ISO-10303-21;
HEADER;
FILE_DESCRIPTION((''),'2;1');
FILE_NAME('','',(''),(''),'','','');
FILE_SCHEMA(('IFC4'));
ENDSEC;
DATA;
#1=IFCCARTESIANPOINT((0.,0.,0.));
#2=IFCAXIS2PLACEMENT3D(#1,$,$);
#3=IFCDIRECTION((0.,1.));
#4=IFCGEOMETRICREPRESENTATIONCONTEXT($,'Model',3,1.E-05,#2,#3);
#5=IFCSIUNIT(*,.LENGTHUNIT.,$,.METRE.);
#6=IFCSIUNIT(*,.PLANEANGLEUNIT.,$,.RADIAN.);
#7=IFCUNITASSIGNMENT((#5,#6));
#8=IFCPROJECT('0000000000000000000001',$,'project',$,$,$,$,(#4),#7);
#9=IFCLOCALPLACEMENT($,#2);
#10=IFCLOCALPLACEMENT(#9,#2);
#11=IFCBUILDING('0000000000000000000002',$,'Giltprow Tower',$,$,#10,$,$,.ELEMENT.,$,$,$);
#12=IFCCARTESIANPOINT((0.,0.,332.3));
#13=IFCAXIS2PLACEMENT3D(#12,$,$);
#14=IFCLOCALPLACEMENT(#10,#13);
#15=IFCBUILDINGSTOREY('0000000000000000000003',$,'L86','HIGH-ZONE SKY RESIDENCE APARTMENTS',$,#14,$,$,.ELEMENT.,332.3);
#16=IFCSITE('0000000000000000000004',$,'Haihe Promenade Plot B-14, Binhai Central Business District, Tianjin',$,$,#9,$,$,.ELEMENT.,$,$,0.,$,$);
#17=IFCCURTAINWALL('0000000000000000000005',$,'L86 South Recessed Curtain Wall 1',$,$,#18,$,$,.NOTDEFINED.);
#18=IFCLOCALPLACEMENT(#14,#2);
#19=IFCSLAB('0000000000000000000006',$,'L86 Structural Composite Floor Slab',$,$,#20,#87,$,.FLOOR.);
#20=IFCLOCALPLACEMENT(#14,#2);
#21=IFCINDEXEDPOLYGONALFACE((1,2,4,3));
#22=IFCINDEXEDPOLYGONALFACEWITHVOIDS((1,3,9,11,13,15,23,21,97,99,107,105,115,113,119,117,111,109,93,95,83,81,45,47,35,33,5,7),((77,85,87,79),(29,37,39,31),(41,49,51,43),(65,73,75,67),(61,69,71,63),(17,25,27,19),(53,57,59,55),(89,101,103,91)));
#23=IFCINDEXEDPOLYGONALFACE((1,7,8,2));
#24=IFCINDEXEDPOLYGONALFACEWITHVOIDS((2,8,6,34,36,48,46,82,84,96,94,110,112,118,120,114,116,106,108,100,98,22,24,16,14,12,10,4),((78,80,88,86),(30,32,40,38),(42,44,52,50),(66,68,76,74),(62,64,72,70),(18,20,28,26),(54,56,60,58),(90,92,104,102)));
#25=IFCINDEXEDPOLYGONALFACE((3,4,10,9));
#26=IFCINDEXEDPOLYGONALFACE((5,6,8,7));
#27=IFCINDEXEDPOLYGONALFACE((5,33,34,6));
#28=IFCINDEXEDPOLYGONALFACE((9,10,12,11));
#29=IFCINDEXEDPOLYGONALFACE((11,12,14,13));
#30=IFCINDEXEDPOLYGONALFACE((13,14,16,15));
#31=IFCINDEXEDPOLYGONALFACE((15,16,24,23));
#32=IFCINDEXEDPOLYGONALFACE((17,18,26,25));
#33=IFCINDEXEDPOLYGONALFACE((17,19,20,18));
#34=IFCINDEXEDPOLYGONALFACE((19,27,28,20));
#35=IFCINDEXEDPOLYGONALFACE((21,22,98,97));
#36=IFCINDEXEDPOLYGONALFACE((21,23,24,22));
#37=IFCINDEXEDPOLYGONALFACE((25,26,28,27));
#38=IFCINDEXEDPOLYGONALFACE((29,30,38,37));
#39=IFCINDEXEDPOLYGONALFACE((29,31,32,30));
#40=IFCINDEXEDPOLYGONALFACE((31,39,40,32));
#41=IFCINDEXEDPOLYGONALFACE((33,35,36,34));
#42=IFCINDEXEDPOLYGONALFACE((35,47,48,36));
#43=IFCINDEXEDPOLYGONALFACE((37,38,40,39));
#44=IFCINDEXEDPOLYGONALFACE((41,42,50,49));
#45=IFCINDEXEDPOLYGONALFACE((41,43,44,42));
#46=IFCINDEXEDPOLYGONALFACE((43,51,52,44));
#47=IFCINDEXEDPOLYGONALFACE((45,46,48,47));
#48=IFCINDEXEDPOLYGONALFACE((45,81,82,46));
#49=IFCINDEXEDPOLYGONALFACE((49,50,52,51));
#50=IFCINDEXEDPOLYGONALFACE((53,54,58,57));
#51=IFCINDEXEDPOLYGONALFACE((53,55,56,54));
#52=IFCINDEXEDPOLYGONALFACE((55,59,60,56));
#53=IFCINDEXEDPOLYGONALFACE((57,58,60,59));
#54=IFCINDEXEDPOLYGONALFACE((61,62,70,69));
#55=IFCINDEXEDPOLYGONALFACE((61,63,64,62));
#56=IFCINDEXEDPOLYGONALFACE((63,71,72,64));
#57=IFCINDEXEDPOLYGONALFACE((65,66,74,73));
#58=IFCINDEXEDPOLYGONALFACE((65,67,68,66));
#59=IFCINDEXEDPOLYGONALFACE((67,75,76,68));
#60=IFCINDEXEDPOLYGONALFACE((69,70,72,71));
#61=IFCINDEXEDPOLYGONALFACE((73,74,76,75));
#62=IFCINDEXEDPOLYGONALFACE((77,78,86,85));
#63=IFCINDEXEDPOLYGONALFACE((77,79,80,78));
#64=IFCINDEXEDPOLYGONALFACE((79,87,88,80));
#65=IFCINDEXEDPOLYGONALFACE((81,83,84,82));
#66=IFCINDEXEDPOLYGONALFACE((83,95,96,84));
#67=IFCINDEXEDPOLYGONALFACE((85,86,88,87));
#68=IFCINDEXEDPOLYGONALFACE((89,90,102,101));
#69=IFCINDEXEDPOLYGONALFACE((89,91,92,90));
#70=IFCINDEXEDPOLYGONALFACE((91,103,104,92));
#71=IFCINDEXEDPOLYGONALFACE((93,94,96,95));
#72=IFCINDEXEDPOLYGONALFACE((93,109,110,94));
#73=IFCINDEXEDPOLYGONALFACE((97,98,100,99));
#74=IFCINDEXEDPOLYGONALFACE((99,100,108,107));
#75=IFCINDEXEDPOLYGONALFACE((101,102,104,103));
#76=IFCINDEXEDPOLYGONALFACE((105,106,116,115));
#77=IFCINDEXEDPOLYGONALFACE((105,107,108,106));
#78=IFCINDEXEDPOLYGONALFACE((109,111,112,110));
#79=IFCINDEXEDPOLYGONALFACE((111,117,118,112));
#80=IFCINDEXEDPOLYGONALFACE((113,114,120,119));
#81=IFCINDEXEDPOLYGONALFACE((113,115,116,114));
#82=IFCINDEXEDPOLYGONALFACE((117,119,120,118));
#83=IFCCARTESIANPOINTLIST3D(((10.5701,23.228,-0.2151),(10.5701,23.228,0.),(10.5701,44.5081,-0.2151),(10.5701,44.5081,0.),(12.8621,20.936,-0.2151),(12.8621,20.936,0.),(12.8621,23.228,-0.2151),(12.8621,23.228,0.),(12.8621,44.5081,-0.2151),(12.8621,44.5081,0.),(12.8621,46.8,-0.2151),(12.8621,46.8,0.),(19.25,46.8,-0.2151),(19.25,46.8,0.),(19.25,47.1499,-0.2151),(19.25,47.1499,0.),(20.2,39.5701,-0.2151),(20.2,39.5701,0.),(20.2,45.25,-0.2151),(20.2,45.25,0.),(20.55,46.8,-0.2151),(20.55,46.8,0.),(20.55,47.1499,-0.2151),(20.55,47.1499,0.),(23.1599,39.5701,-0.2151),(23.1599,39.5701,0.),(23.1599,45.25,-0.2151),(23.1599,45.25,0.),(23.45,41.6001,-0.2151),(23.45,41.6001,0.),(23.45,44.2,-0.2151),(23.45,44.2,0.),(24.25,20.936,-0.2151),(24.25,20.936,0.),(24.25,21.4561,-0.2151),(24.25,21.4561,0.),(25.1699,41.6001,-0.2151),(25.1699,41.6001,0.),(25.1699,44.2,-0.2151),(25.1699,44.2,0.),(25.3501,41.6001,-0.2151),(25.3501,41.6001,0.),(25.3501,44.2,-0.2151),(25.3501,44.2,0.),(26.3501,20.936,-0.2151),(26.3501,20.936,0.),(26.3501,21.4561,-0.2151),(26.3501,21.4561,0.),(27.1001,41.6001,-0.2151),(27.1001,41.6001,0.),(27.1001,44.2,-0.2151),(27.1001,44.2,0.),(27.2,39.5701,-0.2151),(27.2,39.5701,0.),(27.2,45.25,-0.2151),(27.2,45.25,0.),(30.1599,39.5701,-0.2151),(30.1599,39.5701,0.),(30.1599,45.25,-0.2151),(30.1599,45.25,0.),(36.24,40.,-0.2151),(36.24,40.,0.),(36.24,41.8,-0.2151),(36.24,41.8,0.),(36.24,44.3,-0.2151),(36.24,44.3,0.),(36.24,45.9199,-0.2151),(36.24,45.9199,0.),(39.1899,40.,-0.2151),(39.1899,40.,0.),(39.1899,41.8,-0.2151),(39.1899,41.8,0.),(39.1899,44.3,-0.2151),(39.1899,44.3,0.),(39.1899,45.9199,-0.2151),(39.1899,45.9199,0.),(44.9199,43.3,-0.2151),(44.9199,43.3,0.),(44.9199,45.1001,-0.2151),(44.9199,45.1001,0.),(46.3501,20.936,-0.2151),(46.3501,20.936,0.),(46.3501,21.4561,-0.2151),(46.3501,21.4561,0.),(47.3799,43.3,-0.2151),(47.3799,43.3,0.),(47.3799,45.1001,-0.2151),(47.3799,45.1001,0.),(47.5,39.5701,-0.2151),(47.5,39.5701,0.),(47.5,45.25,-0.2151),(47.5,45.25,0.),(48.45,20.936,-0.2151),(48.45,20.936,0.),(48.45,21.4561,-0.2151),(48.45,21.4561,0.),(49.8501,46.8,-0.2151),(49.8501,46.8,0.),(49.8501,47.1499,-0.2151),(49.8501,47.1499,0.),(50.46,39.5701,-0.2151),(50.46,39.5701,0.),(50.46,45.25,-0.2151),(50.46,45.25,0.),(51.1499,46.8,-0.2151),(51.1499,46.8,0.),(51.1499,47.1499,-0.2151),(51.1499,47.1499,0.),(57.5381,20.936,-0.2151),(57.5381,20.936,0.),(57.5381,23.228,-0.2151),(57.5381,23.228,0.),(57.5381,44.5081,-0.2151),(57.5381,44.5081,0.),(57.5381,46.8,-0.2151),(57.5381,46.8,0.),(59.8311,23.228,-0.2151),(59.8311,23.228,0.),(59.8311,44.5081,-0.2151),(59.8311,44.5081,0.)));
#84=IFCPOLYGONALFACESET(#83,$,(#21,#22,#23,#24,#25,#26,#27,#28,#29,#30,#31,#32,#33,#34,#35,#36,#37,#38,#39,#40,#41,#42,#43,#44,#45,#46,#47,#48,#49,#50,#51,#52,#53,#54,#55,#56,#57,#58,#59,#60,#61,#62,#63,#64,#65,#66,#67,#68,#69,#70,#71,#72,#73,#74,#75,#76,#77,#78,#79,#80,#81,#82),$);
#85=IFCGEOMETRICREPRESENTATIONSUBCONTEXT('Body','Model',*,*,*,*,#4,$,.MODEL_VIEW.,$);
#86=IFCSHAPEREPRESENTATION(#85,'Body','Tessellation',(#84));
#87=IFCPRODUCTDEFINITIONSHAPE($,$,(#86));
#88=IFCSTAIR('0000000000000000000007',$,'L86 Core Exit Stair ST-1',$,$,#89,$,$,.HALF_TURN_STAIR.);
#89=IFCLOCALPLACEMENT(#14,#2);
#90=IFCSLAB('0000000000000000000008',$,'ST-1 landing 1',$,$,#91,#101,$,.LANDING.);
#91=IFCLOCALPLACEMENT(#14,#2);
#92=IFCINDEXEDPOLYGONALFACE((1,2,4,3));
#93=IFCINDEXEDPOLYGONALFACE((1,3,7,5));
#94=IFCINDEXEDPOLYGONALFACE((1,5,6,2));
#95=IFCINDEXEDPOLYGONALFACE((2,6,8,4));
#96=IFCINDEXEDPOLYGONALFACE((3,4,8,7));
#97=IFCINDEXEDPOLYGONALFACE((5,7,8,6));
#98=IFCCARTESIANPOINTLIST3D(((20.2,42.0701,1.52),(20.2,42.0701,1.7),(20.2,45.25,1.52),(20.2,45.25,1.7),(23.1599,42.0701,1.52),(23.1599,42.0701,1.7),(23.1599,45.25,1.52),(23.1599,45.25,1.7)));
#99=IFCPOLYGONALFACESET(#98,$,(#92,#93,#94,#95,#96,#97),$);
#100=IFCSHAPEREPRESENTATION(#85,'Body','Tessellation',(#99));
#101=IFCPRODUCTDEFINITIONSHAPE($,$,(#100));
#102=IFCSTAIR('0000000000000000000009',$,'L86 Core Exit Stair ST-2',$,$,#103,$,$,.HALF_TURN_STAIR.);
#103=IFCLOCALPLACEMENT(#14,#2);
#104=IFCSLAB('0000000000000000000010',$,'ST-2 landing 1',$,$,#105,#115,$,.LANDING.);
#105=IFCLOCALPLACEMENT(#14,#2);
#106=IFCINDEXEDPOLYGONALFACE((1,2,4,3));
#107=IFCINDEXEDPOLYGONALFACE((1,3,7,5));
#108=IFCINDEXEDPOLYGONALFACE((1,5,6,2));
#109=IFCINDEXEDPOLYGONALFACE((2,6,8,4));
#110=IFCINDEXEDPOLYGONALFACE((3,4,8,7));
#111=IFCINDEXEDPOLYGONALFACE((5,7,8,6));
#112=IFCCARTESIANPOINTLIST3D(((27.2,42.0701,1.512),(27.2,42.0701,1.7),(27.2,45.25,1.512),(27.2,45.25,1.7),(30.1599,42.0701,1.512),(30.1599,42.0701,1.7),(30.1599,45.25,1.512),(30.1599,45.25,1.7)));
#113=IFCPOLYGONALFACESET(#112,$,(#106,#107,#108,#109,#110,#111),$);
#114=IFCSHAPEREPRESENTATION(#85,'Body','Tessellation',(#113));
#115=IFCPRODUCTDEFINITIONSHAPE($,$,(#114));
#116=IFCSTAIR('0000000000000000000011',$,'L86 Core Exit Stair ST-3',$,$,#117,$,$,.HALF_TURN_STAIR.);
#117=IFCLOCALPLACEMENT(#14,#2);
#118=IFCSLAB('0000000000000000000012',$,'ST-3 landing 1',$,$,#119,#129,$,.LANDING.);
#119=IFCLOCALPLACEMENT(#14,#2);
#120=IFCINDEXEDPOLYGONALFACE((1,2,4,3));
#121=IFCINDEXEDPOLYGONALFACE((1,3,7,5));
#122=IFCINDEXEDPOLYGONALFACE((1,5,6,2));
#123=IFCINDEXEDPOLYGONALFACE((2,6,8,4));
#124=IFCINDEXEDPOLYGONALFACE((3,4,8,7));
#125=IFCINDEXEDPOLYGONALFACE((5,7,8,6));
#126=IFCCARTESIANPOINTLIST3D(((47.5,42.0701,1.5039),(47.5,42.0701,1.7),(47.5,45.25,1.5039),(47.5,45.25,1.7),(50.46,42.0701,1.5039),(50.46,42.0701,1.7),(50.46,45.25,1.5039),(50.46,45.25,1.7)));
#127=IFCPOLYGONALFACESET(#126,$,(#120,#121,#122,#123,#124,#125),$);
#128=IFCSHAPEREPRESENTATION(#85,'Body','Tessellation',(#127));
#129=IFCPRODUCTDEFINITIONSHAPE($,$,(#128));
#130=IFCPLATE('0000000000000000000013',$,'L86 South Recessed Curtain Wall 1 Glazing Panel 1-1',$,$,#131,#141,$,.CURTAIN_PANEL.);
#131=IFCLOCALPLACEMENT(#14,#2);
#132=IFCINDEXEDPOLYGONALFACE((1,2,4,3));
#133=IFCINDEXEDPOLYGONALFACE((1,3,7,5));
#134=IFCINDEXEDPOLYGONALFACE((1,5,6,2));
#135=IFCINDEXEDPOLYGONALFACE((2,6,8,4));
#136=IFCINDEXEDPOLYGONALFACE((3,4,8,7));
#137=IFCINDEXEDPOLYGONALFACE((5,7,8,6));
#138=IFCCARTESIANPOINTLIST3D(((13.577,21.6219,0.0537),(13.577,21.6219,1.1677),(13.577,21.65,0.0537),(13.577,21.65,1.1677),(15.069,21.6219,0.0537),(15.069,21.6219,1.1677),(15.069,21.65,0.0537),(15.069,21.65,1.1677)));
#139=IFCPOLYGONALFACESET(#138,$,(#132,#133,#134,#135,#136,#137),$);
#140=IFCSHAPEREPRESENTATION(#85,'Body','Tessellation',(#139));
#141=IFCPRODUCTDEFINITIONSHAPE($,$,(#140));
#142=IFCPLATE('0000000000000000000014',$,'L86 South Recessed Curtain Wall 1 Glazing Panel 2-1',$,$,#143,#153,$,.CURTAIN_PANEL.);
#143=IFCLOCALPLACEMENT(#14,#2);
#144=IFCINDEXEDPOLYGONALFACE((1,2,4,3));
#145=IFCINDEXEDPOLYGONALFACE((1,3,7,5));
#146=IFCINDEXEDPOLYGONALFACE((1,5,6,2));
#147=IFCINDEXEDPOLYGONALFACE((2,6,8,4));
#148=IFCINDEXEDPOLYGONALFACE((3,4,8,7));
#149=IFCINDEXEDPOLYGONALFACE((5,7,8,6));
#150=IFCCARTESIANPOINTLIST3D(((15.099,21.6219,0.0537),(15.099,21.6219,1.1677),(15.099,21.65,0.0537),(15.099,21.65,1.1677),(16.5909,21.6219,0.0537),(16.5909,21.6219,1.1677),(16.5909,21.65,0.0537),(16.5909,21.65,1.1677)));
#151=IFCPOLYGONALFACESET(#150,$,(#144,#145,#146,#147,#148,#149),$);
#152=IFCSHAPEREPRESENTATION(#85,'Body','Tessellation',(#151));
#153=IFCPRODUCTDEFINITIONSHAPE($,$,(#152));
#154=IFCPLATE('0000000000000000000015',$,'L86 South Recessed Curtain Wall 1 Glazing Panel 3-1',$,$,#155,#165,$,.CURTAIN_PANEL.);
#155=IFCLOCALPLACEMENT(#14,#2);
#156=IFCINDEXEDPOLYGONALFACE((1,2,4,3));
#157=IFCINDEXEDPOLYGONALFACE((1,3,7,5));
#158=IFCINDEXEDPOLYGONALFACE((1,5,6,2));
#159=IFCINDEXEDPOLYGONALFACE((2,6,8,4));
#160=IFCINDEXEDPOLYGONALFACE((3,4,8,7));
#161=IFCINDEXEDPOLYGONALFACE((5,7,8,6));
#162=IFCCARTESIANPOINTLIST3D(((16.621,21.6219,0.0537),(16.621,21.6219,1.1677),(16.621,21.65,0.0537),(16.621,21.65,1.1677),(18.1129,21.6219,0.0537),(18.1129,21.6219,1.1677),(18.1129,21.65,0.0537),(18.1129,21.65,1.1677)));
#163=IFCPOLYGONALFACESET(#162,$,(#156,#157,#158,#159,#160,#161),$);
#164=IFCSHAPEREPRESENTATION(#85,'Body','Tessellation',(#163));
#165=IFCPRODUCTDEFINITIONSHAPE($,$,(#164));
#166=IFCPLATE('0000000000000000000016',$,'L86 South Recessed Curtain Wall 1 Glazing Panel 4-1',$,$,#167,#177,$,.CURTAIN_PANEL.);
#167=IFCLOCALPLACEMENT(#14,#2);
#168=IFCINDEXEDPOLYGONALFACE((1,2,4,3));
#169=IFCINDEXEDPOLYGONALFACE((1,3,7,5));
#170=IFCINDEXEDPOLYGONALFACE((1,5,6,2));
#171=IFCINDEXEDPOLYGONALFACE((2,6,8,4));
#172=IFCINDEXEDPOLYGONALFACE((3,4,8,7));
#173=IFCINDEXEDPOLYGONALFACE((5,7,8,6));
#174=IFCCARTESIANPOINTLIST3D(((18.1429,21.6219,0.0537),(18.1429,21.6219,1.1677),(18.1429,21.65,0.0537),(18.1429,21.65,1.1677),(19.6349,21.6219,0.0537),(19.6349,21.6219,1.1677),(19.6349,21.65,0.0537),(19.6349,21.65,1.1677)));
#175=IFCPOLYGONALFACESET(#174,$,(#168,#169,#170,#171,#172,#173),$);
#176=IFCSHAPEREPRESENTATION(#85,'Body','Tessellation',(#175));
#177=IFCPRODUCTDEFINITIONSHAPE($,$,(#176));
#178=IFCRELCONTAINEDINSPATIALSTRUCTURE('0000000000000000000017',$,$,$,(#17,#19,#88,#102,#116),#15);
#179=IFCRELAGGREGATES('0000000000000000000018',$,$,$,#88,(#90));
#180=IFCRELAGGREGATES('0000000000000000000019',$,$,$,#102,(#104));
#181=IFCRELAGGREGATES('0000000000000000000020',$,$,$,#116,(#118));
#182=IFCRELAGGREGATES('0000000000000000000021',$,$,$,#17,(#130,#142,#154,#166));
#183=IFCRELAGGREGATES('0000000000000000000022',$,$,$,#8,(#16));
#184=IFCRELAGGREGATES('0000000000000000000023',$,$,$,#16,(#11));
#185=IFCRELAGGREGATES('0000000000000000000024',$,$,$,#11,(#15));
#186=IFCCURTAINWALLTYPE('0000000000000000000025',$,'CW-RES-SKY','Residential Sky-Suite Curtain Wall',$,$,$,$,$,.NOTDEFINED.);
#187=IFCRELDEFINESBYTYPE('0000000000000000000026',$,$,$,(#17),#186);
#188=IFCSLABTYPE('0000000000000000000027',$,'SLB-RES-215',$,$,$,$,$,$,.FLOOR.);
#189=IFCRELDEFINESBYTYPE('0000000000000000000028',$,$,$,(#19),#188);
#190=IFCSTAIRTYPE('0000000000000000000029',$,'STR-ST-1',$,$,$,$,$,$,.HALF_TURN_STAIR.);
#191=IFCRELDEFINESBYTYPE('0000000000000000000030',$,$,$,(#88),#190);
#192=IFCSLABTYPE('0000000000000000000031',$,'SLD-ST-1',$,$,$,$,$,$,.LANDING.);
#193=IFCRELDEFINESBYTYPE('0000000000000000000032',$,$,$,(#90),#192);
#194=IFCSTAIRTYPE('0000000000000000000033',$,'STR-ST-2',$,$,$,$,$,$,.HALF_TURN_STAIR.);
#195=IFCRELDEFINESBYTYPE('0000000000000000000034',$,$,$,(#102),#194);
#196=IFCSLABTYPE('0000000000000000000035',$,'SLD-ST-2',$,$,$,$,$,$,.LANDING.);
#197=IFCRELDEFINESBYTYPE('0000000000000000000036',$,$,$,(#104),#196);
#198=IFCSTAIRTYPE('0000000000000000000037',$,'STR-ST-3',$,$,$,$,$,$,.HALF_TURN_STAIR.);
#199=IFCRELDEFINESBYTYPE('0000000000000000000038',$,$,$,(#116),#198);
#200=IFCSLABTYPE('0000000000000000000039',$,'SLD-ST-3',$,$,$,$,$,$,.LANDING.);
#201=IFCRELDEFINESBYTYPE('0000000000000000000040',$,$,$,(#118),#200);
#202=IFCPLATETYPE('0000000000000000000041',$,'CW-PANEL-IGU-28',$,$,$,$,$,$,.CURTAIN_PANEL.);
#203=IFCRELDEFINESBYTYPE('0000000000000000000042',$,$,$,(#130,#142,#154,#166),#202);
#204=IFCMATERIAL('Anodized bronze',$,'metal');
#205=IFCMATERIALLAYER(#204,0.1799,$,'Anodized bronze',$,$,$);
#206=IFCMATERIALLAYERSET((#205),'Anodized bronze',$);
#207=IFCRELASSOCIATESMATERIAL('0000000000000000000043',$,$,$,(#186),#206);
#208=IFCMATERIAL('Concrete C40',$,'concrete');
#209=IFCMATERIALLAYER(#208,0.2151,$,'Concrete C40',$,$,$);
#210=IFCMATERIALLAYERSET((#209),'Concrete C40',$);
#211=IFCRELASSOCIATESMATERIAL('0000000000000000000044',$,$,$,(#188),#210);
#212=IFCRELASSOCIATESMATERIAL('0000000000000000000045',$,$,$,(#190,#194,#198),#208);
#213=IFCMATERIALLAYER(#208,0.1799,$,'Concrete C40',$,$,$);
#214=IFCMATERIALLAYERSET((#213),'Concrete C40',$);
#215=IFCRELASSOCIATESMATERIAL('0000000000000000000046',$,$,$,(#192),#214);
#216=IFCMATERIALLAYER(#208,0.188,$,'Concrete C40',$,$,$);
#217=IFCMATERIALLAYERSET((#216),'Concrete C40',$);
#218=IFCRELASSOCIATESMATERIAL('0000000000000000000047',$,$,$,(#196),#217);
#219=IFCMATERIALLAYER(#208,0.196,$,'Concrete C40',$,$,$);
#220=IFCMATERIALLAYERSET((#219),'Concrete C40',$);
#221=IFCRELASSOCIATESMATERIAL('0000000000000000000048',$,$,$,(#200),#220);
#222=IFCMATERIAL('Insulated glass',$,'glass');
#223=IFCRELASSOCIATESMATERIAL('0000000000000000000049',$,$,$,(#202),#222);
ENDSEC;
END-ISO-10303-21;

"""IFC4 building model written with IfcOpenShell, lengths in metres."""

from ifc_helpers import new_model, si_unit, direction, frame, origin, origin_2d, place, context, subcontext, project, spatial, polyline, rectangle, outline, extrude, source, transform, mapped, material, layer, layer_set, type_object, element, aggregate, save


model = new_model("IFC4")

# Units and contexts
model_context = context("Model", 3, precision=1e-05, world=origin(), true_north=direction((0.0, 1.0)))
body_context = subcontext(model_context, "Body", "Model", "MODEL_VIEW")
ifc_project = project(units=[si_unit("LENGTHUNIT", "METRE"), si_unit("PLANEANGLEUNIT", "RADIAN")], contexts=[model_context])

# Site, building, storey
site_placement = place(None, origin())
site = spatial("IfcSite", under=ifc_project, at=site_placement, Name="Haihe Promenade Plot B-14, Binhai Central Business District, Tianjin", CompositionType="ELEMENT", RefElevation=0.0)
building_placement = place(site_placement, origin())
building = spatial("IfcBuilding", under=site, at=building_placement, Name="Giltprow Tower", CompositionType="ELEMENT")
storey_placement = place(building_placement, frame((0.0, 0.0, 332.3)))
storey = spatial("IfcBuildingStorey", under=building, at=storey_placement, Name="L86", Description="HIGH-ZONE SKY RESIDENCE APARTMENTS", CompositionType="ELEMENT", Elevation=332.3)

# Curtain wall
ifc_material_1 = material(Name="Anodized bronze", Category="metal")
ifc_layer_1 = layer(ifc_material_1, 0.1799, Name="Anodized bronze")
ifc_layer_set_1 = layer_set([ifc_layer_1], Name="Anodized bronze")
curtain_wall_type = type_object("IfcCurtainWallType", Name="CW-RES-SKY", Description="Residential Sky-Suite Curtain Wall", PredefinedType="NOTDEFINED", material=ifc_layer_set_1)
curtain_wall_placement = place(storey_placement, origin())
curtain_wall = element("IfcCurtainWall", 1, at=curtain_wall_placement, inside=storey, type_object=curtain_wall_type, Name="L86 South Recessed Curtain Wall 1", PredefinedType="NOTDEFINED")

# Slab
ifc_material_2 = material(Name="Concrete C40", Category="concrete")
ifc_layer_2 = layer(ifc_material_2, 0.2151, Name="Concrete C40")
ifc_layer_set_2 = layer_set([ifc_layer_2], Name="Concrete C40")
slab_type_1 = type_object("IfcSlabType", Name="SLB-RES-215", PredefinedType="FLOOR", material=ifc_layer_set_2)
slab_1_placement = place(storey_placement, frame((0.0, 0.0, -0.2151)))
element("IfcSlab", 2, at=slab_1_placement, inside=storey, type_object=slab_type_1, Name="L86 Structural Composite Floor Slab", PredefinedType="FLOOR", context=body_context, shape_type="SweptSolid", body=[
    extrude(outline(polyline([(59.8311, 44.5081), (59.8311, 23.228), (57.5381, 23.228), (57.5381, 20.936), (48.45, 20.936), (48.45, 21.4561), (46.3501, 21.4561), (46.3501, 20.936), (26.3501, 20.936), (26.3501, 21.4561), (24.25, 21.4561), (24.25, 20.936), (12.8621, 20.936), (12.8621, 23.228), (10.5701, 23.228), (10.5701, 44.5081), (12.8621, 44.5081), (12.8621, 46.8), (19.25, 46.8), (19.25, 47.1499), (20.55, 47.1499), (20.55, 46.8), (49.8501, 46.8), (49.8501, 47.1499), (51.1499, 47.1499), (51.1499, 46.8), (57.5381, 46.8), (57.5381, 44.5081), (59.8311, 44.5081)]), holes=[polyline([(39.1899, 41.8), (36.24, 41.8), (36.24, 40.0), (39.1899, 40.0), (39.1899, 41.8)]), polyline([(23.1599, 39.5701), (23.1599, 45.25), (20.2, 45.25), (20.2, 39.5701), (23.1599, 39.5701)]), polyline([(30.1599, 39.5701), (30.1599, 45.25), (27.2, 45.25), (27.2, 39.5701), (30.1599, 39.5701)]), polyline([(50.46, 45.25), (47.5, 45.25), (47.5, 39.5701), (50.46, 39.5701), (50.46, 45.25)]), polyline([(25.1699, 44.2), (23.45, 44.2), (23.45, 41.6001), (25.1699, 41.6001), (25.1699, 44.2)]), polyline([(27.1001, 44.2), (25.3501, 44.2), (25.3501, 41.6001), (27.1001, 41.6001), (27.1001, 44.2)]), polyline([(47.3799, 43.3), (47.3799, 45.1001), (44.9199, 45.1001), (44.9199, 43.3), (47.3799, 43.3)]), polyline([(39.1899, 44.3), (39.1899, 45.9199), (36.24, 45.9199), (36.24, 44.3), (39.1899, 44.3)])]), origin(), (0.0, 0.0, 1.0), 0.2151),
])

# Stairs, slabs
stair_type_1 = type_object("IfcStairType", Name="STR-ST-1", PredefinedType="HALF_TURN_STAIR", material=ifc_material_2)
stair_1_placement = place(storey_placement, origin())
stair_1 = element("IfcStair", 3, at=stair_1_placement, inside=storey, type_object=stair_type_1, Name="L86 Core Exit Stair ST-1", PredefinedType="HALF_TURN_STAIR")
ifc_layer_3 = layer(ifc_material_2, 0.1799, Name="Concrete C40")
ifc_layer_set_3 = layer_set([ifc_layer_3], Name="Concrete C40")
slab_type_2 = type_object("IfcSlabType", Name="SLD-ST-1", PredefinedType="LANDING", material=ifc_layer_set_3)
slab_2_placement = place(storey_placement, frame((0.0, 0.0, 1.52)))
slab_2 = element("IfcSlab", 4, at=slab_2_placement, type_object=slab_type_2, Name="ST-1 landing 1", PredefinedType="LANDING", context=body_context, shape_type="SweptSolid", body=[
    extrude(outline(polyline([(23.1599, 42.0701), (23.1599, 45.25), (20.2, 45.25), (20.2, 42.0701), (23.1599, 42.0701)])), origin(), (0.0, 0.0, 1.0), 0.1799),
])
aggregate(stair_1, [slab_2])
stair_type_2 = type_object("IfcStairType", Name="STR-ST-2", PredefinedType="HALF_TURN_STAIR", material=ifc_material_2)
stair_2_placement = place(storey_placement, origin())
stair_2 = element("IfcStair", 5, at=stair_2_placement, inside=storey, type_object=stair_type_2, Name="L86 Core Exit Stair ST-2", PredefinedType="HALF_TURN_STAIR")
ifc_layer_4 = layer(ifc_material_2, 0.188, Name="Concrete C40")
ifc_layer_set_4 = layer_set([ifc_layer_4], Name="Concrete C40")
slab_type_3 = type_object("IfcSlabType", Name="SLD-ST-2", PredefinedType="LANDING", material=ifc_layer_set_4)
slab_3_placement = place(storey_placement, frame((0.0, 0.0, 1.512)))
slab_3 = element("IfcSlab", 6, at=slab_3_placement, type_object=slab_type_3, Name="ST-2 landing 1", PredefinedType="LANDING", context=body_context, shape_type="SweptSolid", body=[
    extrude(outline(polyline([(30.1599, 42.0701), (30.1599, 45.25), (27.2, 45.25), (27.2, 42.0701), (30.1599, 42.0701)])), origin(), (0.0, 0.0, 1.0), 0.188),
])
aggregate(stair_2, [slab_3])
stair_type_3 = type_object("IfcStairType", Name="STR-ST-3", PredefinedType="HALF_TURN_STAIR", material=ifc_material_2)
stair_3_placement = place(storey_placement, origin())
stair_3 = element("IfcStair", 7, at=stair_3_placement, inside=storey, type_object=stair_type_3, Name="L86 Core Exit Stair ST-3", PredefinedType="HALF_TURN_STAIR")
ifc_layer_5 = layer(ifc_material_2, 0.196, Name="Concrete C40")
ifc_layer_set_5 = layer_set([ifc_layer_5], Name="Concrete C40")
slab_type_4 = type_object("IfcSlabType", Name="SLD-ST-3", PredefinedType="LANDING", material=ifc_layer_set_5)
slab_4_placement = place(storey_placement, frame((0.0, 0.0, 1.5039)))
slab_4 = element("IfcSlab", 8, at=slab_4_placement, type_object=slab_type_4, Name="ST-3 landing 1", PredefinedType="LANDING", context=body_context, shape_type="SweptSolid", body=[
    extrude(outline(polyline([(50.46, 42.0701), (50.46, 45.25), (47.5, 45.25), (47.5, 42.0701), (50.46, 42.0701)])), origin(), (0.0, 0.0, 1.0), 0.196),
])
aggregate(stair_3, [slab_4])

# Plates
ifc_material_3 = material(Name="Insulated glass", Category="glass")
plate_type = type_object("IfcPlateType", Name="CW-PANEL-IGU-28", PredefinedType="CURTAIN_PANEL", material=ifc_material_3)
shared_shape_1 = source(origin(), body_context, "Body", "SweptSolid", [
    extrude(rectangle(XDim=1.4919, YDim=0.0281, at=origin_2d()), origin(), (0.0, 0.0, 1.0), 1.114),
])
plate_1_placement = place(storey_placement, frame((14.323, 21.636, 0.0537), z_axis=(0.0, 0.0, 1.0), x_axis=(1.0, 0.0, 0.0)))
plate_1 = element("IfcPlate", 9, at=plate_1_placement, type_object=plate_type, Name="L86 South Recessed Curtain Wall 1 Glazing Panel 1-1", PredefinedType="CURTAIN_PANEL", context=body_context, shape_type="MappedRepresentation", body=[
    mapped(shared_shape_1, transform((0.0, 0.0, 0.0), x_axis=(1.0, 0.0, 0.0), y_axis=(0.0, 1.0, 0.0), z_axis=(0.0, 0.0, 1.0), scale=1.0)),
])
plate_2_placement = place(storey_placement, frame((15.845, 21.636, 0.0537), z_axis=(0.0, 0.0, 1.0), x_axis=(1.0, 0.0, 0.0)))
plate_2 = element("IfcPlate", 10, at=plate_2_placement, type_object=plate_type, Name="L86 South Recessed Curtain Wall 1 Glazing Panel 2-1", PredefinedType="CURTAIN_PANEL", context=body_context, shape_type="MappedRepresentation", body=[
    mapped(shared_shape_1, transform((0.0, 0.0, 0.0), x_axis=(1.0, 0.0, 0.0), y_axis=(0.0, 1.0, 0.0), z_axis=(0.0, 0.0, 1.0), scale=1.0)),
])
plate_3_placement = place(storey_placement, frame((17.3669, 21.636, 0.0537), z_axis=(0.0, 0.0, 1.0), x_axis=(1.0, 0.0, 0.0)))
plate_3 = element("IfcPlate", 11, at=plate_3_placement, type_object=plate_type, Name="L86 South Recessed Curtain Wall 1 Glazing Panel 3-1", PredefinedType="CURTAIN_PANEL", context=body_context, shape_type="MappedRepresentation", body=[
    mapped(shared_shape_1, transform((0.0, 0.0, 0.0), x_axis=(1.0, 0.0, 0.0), y_axis=(0.0, 1.0, 0.0), z_axis=(0.0, 0.0, 1.0), scale=1.0)),
])
plate_4_placement = place(storey_placement, frame((18.8889, 21.636, 0.0537), z_axis=(0.0, 0.0, 1.0), x_axis=(1.0, 0.0, 0.0)))
plate_4 = element("IfcPlate", 12, at=plate_4_placement, type_object=plate_type, Name="L86 South Recessed Curtain Wall 1 Glazing Panel 4-1", PredefinedType="CURTAIN_PANEL", context=body_context, shape_type="MappedRepresentation", body=[
    mapped(shared_shape_1, transform((0.0, 0.0, 0.0), x_axis=(1.0, 0.0, 0.0), y_axis=(0.0, 1.0, 0.0), z_axis=(0.0, 0.0, 1.0), scale=1.0)),
])
aggregate(curtain_wall, [plate_1, plate_2, plate_3, plate_4])

save(model, "model.ifc")
